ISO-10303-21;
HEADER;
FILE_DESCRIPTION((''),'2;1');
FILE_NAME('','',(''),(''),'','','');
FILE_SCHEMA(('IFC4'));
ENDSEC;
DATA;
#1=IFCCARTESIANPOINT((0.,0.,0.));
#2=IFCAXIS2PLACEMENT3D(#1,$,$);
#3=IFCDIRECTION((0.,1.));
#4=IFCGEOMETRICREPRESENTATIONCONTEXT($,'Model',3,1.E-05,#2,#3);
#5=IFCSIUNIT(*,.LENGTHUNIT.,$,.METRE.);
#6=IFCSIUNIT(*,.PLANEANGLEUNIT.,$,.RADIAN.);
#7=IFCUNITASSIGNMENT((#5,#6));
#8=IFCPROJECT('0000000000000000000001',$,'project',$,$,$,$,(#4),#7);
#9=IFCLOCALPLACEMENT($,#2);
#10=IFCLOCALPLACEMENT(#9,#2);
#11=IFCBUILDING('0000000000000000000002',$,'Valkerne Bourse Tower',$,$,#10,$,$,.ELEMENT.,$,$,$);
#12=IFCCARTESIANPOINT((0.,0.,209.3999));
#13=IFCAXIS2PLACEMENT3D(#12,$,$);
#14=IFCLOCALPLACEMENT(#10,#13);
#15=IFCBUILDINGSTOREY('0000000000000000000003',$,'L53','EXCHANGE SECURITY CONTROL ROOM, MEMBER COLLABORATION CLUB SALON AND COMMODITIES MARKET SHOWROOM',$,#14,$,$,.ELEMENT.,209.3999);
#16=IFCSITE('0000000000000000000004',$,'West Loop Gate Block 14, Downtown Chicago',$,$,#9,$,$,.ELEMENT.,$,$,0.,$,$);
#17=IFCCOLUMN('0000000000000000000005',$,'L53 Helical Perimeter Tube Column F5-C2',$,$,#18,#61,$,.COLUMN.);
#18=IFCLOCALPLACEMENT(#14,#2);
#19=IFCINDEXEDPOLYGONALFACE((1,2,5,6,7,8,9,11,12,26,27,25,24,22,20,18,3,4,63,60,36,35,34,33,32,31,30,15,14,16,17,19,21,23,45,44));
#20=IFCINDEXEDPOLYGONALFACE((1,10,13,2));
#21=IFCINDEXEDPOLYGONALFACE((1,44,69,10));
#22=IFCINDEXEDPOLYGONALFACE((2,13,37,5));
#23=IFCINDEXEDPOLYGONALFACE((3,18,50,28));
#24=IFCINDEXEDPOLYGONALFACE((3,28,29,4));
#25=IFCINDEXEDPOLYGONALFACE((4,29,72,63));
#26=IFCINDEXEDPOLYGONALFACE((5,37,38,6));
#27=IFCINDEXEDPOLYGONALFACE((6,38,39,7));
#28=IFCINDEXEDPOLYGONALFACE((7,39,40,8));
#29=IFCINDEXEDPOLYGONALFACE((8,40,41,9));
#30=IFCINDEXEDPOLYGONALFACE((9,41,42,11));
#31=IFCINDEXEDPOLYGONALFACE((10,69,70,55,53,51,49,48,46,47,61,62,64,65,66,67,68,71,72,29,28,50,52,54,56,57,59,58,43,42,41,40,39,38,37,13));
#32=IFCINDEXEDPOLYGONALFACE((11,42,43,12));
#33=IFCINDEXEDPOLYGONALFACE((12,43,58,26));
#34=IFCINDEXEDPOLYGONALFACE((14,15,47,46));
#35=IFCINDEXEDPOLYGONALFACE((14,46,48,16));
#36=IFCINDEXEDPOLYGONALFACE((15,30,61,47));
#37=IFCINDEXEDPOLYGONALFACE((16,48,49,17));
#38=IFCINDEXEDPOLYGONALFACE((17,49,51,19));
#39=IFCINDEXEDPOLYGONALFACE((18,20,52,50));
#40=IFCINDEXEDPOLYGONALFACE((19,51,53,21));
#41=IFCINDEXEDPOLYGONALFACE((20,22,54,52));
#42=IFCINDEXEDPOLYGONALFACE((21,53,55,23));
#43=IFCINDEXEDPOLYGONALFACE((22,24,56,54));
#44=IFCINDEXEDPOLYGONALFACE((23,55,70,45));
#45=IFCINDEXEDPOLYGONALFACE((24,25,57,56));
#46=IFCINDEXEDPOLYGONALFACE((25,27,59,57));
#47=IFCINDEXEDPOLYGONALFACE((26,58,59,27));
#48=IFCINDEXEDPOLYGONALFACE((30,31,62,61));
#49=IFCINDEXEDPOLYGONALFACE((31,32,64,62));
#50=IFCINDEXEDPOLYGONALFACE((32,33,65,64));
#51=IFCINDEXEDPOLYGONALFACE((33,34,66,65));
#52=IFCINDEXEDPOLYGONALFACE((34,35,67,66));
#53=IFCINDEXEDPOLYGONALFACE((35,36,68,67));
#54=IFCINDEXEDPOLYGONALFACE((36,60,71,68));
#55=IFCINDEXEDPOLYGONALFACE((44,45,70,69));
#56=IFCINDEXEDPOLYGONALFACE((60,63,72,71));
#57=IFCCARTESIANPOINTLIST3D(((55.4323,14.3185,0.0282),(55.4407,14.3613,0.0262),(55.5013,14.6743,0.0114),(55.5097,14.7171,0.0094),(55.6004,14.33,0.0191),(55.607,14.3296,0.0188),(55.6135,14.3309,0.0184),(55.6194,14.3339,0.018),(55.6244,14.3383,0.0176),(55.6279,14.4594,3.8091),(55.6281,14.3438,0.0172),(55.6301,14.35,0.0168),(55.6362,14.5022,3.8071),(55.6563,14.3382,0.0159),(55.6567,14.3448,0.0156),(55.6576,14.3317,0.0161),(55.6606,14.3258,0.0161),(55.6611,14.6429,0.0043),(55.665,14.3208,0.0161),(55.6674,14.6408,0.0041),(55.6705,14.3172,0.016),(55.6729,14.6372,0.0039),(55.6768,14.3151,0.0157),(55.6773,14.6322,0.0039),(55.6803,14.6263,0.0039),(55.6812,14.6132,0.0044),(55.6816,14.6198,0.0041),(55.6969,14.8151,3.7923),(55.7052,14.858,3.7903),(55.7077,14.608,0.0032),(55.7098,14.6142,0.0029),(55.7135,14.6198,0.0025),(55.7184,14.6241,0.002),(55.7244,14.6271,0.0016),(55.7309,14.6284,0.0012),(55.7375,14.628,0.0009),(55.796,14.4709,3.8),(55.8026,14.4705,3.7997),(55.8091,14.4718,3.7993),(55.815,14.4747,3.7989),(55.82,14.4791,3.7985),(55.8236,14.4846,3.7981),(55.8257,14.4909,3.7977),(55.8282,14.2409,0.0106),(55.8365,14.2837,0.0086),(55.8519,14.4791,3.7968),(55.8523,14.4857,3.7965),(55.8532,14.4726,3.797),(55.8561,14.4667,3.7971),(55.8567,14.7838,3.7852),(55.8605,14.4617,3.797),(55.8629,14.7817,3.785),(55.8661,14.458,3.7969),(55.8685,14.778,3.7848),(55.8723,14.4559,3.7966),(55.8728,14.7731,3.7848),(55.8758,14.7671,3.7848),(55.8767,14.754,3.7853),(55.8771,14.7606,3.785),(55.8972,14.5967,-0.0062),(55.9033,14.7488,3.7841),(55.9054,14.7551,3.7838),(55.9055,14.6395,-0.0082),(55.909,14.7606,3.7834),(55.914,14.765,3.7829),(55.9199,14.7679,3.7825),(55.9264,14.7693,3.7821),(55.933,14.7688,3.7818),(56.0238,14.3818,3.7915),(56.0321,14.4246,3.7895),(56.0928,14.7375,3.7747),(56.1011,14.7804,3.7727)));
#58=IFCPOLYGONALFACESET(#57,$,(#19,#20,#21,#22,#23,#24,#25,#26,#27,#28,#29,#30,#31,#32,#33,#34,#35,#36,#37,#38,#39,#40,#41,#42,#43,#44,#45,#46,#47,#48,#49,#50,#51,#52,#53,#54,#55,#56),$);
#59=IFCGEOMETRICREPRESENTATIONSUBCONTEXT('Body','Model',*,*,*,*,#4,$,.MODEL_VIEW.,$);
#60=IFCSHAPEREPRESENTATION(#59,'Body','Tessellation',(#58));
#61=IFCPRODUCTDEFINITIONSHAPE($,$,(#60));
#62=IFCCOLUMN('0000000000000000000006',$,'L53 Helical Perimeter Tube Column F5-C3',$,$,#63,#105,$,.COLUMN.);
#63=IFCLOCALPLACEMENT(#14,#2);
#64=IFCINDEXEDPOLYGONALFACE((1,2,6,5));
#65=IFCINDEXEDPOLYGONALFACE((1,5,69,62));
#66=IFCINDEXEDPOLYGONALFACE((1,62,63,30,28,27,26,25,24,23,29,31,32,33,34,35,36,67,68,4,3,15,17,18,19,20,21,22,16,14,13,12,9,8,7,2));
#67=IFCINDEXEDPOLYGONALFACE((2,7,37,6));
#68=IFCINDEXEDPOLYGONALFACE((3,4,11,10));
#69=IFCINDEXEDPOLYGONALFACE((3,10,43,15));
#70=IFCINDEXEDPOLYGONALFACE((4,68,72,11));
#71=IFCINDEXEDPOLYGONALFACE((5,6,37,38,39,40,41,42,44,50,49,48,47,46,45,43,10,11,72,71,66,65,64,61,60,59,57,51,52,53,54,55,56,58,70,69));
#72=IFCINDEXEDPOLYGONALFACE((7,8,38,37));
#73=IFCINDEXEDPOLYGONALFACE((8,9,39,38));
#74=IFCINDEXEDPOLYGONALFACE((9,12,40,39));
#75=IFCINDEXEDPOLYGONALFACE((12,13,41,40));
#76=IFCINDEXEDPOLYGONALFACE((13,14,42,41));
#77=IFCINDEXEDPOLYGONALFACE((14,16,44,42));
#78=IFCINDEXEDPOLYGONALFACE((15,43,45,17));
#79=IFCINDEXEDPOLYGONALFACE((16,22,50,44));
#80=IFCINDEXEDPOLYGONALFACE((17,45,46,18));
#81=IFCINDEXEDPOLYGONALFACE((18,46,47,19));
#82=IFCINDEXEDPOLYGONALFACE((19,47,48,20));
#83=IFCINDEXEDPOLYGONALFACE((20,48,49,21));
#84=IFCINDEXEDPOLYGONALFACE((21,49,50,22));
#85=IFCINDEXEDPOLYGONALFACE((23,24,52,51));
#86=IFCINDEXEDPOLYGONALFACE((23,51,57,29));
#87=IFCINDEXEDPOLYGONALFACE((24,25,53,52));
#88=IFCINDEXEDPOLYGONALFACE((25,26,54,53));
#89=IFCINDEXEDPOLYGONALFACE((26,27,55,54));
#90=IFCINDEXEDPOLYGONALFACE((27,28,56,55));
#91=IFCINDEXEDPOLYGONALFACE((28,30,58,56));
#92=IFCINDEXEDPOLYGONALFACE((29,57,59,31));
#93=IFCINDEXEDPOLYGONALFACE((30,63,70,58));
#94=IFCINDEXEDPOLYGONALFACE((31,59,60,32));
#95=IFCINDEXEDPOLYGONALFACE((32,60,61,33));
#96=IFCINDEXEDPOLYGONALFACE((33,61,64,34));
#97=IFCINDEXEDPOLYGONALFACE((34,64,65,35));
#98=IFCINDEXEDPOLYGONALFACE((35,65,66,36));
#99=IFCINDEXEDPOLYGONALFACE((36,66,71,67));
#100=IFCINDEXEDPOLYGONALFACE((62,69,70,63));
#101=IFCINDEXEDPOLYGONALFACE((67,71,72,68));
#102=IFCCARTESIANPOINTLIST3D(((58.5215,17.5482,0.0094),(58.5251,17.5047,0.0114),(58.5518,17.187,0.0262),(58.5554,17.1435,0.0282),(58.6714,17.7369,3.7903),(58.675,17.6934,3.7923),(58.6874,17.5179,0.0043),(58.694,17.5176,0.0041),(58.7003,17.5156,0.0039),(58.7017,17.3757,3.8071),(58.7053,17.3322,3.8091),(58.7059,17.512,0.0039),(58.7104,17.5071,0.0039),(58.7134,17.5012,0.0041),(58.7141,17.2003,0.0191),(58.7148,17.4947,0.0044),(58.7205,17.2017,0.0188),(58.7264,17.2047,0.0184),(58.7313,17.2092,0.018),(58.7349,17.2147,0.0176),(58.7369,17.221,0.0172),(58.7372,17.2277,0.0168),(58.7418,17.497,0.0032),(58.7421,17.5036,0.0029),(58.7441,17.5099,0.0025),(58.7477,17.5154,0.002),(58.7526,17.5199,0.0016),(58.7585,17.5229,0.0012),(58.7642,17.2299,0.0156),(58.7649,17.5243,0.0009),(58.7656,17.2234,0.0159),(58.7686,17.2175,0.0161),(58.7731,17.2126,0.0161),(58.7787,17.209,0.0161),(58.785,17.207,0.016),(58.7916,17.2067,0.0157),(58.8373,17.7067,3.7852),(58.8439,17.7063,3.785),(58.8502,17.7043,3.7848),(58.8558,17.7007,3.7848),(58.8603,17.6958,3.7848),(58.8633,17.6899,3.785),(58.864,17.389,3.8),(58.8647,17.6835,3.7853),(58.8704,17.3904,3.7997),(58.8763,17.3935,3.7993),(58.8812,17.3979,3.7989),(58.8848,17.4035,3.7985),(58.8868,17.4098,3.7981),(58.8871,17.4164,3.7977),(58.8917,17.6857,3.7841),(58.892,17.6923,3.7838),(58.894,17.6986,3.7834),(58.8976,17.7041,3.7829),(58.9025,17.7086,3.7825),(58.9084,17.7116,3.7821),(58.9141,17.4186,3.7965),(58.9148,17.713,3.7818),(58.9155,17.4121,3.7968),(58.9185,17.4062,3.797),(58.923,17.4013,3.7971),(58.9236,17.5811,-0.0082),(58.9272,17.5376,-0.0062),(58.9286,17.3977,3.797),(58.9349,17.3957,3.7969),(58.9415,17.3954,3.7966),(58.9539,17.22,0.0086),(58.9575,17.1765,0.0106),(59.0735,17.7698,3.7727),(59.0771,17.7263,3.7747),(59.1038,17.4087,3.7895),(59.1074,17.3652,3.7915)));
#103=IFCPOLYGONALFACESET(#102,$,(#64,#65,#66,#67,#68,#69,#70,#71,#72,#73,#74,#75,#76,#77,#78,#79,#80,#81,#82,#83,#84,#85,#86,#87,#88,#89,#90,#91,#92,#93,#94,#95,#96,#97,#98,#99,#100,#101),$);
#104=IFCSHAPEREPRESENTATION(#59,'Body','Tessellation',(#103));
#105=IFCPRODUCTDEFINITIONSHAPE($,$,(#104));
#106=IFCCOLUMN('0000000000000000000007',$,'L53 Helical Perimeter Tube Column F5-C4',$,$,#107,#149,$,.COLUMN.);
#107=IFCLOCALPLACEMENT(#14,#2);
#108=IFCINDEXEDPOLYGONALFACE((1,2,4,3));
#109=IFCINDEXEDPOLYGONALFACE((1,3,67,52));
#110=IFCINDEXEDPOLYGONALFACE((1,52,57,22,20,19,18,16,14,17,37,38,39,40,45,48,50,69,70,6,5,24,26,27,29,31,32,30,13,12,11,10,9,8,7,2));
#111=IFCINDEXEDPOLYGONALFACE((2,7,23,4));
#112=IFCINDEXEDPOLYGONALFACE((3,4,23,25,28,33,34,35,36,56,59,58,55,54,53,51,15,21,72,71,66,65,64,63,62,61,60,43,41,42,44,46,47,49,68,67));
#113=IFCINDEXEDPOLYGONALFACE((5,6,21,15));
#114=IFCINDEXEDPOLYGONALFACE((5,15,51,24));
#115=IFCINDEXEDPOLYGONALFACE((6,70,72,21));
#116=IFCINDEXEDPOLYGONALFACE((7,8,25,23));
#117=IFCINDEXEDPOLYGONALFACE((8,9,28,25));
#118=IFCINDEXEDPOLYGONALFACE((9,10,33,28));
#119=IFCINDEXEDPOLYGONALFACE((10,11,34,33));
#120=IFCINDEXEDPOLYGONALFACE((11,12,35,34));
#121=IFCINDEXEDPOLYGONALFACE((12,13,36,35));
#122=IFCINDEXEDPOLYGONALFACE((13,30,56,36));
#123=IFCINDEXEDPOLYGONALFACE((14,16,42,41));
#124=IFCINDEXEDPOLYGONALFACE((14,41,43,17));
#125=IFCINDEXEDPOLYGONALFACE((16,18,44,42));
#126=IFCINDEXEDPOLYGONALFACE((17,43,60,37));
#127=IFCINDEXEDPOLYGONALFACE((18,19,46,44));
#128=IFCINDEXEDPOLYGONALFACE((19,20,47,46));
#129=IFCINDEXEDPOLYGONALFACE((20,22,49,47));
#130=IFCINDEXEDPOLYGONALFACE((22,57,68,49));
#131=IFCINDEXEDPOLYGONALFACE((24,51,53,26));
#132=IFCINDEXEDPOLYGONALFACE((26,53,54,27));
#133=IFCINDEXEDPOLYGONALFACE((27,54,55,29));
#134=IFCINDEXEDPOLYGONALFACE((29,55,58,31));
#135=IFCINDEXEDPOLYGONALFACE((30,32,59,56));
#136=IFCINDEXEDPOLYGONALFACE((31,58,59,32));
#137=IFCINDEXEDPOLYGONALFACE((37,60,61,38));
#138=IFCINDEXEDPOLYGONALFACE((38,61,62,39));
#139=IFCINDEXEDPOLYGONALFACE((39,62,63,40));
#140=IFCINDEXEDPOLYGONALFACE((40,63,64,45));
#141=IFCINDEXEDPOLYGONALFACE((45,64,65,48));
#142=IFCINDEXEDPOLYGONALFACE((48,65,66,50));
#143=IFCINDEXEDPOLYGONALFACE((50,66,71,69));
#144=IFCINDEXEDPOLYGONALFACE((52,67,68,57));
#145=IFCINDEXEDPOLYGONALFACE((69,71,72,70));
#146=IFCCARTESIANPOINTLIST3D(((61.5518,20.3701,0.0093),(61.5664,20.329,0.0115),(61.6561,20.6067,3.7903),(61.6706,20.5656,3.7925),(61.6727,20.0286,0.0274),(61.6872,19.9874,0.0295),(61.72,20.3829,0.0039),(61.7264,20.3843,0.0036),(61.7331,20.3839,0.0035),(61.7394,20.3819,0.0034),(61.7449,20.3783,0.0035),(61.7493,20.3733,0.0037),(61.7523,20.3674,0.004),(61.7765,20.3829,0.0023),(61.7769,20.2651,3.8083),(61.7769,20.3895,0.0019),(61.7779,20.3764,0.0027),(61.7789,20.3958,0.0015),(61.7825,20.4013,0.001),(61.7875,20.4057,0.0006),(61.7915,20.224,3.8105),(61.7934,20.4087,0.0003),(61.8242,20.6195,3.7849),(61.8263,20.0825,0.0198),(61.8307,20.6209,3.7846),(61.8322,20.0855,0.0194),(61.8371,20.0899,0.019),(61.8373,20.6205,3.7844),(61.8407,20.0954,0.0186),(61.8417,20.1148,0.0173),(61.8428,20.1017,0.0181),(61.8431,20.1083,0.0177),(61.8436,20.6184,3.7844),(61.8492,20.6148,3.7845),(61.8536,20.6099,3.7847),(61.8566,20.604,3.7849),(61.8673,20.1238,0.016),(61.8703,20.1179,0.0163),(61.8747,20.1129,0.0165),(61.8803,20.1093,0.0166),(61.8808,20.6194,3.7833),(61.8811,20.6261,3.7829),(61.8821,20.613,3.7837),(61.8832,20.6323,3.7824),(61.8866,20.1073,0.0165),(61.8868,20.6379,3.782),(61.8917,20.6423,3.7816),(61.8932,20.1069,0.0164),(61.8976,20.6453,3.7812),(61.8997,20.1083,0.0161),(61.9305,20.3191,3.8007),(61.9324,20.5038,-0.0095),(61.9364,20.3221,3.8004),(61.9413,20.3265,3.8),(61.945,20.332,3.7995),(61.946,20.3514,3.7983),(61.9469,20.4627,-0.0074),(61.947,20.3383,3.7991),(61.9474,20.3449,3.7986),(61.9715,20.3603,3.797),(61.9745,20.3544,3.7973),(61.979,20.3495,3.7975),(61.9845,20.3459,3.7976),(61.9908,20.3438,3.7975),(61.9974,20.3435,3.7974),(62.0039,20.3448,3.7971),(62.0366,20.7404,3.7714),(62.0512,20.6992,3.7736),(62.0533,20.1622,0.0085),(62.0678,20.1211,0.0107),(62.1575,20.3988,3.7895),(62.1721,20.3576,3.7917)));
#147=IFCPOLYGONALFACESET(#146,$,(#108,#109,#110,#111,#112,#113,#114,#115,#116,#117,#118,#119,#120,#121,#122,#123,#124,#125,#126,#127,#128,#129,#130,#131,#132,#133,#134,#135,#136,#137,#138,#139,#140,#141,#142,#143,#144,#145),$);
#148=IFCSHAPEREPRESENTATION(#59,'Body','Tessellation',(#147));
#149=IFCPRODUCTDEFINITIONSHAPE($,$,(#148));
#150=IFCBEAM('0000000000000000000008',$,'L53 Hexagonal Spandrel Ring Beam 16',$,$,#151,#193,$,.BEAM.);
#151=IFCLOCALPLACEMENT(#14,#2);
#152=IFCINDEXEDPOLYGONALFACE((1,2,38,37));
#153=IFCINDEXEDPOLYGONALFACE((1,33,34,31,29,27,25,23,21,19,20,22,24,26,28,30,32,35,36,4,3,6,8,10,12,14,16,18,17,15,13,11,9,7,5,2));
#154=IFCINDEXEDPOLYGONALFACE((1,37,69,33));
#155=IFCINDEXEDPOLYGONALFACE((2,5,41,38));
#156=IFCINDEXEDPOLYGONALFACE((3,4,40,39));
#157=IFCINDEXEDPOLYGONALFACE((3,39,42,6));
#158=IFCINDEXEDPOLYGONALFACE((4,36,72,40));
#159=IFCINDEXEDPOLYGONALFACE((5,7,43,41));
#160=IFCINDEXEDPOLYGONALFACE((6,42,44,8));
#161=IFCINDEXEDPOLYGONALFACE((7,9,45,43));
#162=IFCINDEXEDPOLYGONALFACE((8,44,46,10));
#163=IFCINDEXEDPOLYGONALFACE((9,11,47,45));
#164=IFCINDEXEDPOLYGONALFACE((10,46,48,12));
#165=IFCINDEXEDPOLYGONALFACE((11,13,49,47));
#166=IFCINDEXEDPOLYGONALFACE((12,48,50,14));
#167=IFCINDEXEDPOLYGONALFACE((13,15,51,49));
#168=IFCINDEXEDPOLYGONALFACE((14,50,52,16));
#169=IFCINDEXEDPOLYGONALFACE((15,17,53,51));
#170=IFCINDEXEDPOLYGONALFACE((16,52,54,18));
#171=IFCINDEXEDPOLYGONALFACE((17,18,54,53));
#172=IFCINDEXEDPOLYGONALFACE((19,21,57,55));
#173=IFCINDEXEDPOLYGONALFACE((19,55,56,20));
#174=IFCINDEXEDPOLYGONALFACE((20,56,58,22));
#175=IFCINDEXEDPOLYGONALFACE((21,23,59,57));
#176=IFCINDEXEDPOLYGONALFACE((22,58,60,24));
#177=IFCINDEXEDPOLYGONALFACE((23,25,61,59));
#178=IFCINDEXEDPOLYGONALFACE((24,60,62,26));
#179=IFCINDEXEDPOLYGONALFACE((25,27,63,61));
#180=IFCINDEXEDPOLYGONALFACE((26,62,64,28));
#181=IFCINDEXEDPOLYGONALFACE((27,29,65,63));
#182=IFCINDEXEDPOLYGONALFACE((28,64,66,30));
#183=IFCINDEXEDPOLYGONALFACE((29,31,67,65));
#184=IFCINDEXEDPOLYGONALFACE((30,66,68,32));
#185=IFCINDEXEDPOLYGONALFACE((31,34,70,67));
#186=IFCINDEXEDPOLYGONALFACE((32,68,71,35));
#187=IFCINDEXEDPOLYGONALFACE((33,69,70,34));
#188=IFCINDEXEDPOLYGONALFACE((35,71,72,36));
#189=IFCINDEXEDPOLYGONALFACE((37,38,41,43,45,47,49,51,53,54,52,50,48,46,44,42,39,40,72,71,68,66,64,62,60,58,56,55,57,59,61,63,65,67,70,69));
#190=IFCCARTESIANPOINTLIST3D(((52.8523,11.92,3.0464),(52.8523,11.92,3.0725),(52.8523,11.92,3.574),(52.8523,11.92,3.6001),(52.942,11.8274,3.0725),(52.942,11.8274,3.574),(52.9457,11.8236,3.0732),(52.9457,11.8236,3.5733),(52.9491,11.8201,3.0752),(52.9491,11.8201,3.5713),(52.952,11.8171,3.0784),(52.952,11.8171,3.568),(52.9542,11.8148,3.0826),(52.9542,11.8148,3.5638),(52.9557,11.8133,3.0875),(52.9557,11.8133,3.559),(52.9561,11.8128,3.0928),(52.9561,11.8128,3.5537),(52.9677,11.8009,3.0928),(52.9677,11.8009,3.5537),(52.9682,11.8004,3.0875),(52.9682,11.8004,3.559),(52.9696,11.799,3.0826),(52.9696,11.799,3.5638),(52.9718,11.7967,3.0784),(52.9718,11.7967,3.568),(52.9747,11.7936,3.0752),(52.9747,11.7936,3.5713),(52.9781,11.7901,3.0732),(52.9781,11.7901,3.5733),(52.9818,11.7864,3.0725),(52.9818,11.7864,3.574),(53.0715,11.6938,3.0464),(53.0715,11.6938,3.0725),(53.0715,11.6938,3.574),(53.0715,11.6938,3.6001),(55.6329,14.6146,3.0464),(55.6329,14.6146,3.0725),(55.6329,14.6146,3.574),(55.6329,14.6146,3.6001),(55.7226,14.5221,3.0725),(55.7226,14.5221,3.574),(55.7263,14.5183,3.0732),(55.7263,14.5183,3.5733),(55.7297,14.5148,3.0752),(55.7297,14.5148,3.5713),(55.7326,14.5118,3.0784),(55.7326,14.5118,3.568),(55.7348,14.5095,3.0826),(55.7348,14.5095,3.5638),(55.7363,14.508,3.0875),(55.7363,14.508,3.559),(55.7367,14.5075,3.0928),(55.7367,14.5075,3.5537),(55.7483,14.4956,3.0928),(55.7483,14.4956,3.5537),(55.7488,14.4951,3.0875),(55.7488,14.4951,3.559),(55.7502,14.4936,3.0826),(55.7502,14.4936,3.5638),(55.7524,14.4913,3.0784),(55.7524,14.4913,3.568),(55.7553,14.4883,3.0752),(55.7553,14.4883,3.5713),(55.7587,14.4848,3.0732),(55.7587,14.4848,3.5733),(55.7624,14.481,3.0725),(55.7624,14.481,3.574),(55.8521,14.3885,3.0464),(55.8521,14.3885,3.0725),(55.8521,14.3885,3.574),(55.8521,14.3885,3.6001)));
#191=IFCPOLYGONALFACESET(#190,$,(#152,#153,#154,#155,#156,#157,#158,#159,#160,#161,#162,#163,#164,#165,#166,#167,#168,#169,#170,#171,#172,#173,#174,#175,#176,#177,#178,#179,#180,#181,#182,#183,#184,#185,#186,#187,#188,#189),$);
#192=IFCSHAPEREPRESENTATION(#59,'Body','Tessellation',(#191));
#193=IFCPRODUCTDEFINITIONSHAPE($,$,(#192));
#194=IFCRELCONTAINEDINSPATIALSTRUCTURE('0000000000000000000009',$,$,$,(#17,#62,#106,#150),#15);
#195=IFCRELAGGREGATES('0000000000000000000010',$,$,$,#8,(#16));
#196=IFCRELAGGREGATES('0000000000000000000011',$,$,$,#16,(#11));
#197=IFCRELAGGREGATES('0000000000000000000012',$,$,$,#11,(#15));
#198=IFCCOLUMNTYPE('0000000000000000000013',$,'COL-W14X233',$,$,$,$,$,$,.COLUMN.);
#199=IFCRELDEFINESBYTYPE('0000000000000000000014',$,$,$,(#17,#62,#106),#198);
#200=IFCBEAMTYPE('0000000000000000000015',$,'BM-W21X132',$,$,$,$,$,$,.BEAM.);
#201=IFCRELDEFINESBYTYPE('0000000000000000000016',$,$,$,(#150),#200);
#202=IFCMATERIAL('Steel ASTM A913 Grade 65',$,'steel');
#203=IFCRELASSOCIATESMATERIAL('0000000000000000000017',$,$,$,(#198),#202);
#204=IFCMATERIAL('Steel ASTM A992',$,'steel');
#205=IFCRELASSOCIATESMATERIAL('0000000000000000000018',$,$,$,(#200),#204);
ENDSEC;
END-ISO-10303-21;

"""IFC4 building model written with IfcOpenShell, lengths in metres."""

from ifc_helpers import new_model, si_unit, direction, frame, origin, origin_2d, place, context, subcontext, project, spatial, i_section, extrude, material, material_profile, profile_set, type_object, element, save


model = new_model("IFC4")

# Units and contexts
model_context = context("Model", 3, precision=1e-05, world=origin(), true_north=direction((0.0, 1.0)))
body_context = subcontext(model_context, "Body", "Model", "MODEL_VIEW")
ifc_project = project(units=[si_unit("LENGTHUNIT", "METRE"), si_unit("PLANEANGLEUNIT", "RADIAN")], contexts=[model_context])

# Site, building, storey
site_placement = place(None, origin())
site = spatial("IfcSite", under=ifc_project, at=site_placement, Name="West Loop Gate Block 14, Downtown Chicago", CompositionType="ELEMENT", RefElevation=0.0)
building_placement = place(site_placement, origin())
building = spatial("IfcBuilding", under=site, at=building_placement, Name="Valkerne Bourse Tower", CompositionType="ELEMENT")
storey_placement = place(building_placement, frame((0.0, 0.0, 209.3999)))
storey = spatial("IfcBuildingStorey", under=building, at=storey_placement, Name="L53", Description="EXCHANGE SECURITY CONTROL ROOM, MEMBER COLLABORATION CLUB SALON AND COMMODITIES MARKET SHOWROOM", CompositionType="ELEMENT", Elevation=209.3999)

# Columns
ifc_material_1 = material(Name="Steel ASTM A913 Grade 65", Category="steel")
ifc_material_profile_1 = material_profile(ifc_material_1, i_section(OverallWidth=0.4038, OverallDepth=0.4065, WebThickness=0.0271, FlangeThickness=0.0437, FilletRadius=0.0254, at=origin_2d()), Name="W14X233")
ifc_profile_set_1 = profile_set([ifc_material_profile_1], Name="Steel ASTM A913 Grade 65")
column_type = type_object("IfcColumnType", Name="COL-W14X233", PredefinedType="COLUMN", material=ifc_profile_set_1)
for number, where, z_axis, x_axis, name in (
    (1, (55.6689, 14.479, 0.01), (0.051616, 0.037182, 0.997975), (-0.980392, 0.192183, 0.043546), "L53 Helical Perimeter Tube Column F5-C2"),
    (2, (58.7395, 17.3623, 0.01), (0.039566, 0.049812, 0.997975), (-0.995718, -0.081542, 0.043546), "L53 Helical Perimeter Tube Column F5-C3"),
):
    element("IfcColumn", number, at=place(storey_placement, frame(where, z_axis=z_axis, x_axis=x_axis)), inside=storey, type_object=column_type, Name=name, PredefinedType="COLUMN", context=body_context, shape_type="SweptSolid", body=[
        extrude(i_section(OverallWidth=0.4038, OverallDepth=0.4065, WebThickness=0.0271, FlangeThickness=0.0437, FilletRadius=0.0254, at=origin_2d()), origin(), (0.0, 0.0, 1.0), 3.7886),
    ])
column_placement = place(storey_placement, frame((61.8098, 20.2456, 0.01), z_axis=(0.027507, 0.062423, 0.997671), x_axis=(-0.942471, -0.331012, 0.046696)))
element("IfcColumn", 3, at=column_placement, inside=storey, type_object=column_type, Name="L53 Helical Perimeter Tube Column F5-C4", PredefinedType="COLUMN", context=body_context, shape_type="SweptSolid", body=[
    extrude(i_section(OverallWidth=0.4038, OverallDepth=0.4065, WebThickness=0.0271, FlangeThickness=0.0437, FilletRadius=0.0254, at=origin_2d()), origin(), (0.0, 0.0, 1.0), 3.7898),
])

# Beam
ifc_material_2 = material(Name="Steel ASTM A992", Category="steel")
ifc_material_profile_2 = material_profile(ifc_material_2, i_section(OverallWidth=0.3149, OverallDepth=0.5537, WebThickness=0.0166, FlangeThickness=0.0261, FilletRadius=0.0203, at=origin_2d()), Name="W21X132")
ifc_profile_set_2 = profile_set([ifc_material_profile_2], Name="Steel ASTM A992")
beam_type = type_object("IfcBeamType", Name="BM-W21X132", PredefinedType="BEAM", material=ifc_profile_set_2)
for number, where, z_axis, x_axis, name in (
    (4, (52.9619, 11.8069, 3.3232), (0.718117, 0.695922, 0.0), (-0.695922, 0.718117, 0.0), "L53 Hexagonal Spandrel Ring Beam 16"),
):
    element("IfcBeam", number, at=place(storey_placement, frame(where, z_axis=z_axis, x_axis=x_axis)), inside=storey, type_object=beam_type, Name=name, PredefinedType="BEAM", context=body_context, shape_type="SweptSolid", body=[
        extrude(i_section(OverallWidth=0.3149, OverallDepth=0.5537, WebThickness=0.0166, FlangeThickness=0.0261, FilletRadius=0.0203, at=origin_2d()), origin(), (0.0, 0.0, 1.0), 3.8721),
    ])

save(model, "model.ifc")
